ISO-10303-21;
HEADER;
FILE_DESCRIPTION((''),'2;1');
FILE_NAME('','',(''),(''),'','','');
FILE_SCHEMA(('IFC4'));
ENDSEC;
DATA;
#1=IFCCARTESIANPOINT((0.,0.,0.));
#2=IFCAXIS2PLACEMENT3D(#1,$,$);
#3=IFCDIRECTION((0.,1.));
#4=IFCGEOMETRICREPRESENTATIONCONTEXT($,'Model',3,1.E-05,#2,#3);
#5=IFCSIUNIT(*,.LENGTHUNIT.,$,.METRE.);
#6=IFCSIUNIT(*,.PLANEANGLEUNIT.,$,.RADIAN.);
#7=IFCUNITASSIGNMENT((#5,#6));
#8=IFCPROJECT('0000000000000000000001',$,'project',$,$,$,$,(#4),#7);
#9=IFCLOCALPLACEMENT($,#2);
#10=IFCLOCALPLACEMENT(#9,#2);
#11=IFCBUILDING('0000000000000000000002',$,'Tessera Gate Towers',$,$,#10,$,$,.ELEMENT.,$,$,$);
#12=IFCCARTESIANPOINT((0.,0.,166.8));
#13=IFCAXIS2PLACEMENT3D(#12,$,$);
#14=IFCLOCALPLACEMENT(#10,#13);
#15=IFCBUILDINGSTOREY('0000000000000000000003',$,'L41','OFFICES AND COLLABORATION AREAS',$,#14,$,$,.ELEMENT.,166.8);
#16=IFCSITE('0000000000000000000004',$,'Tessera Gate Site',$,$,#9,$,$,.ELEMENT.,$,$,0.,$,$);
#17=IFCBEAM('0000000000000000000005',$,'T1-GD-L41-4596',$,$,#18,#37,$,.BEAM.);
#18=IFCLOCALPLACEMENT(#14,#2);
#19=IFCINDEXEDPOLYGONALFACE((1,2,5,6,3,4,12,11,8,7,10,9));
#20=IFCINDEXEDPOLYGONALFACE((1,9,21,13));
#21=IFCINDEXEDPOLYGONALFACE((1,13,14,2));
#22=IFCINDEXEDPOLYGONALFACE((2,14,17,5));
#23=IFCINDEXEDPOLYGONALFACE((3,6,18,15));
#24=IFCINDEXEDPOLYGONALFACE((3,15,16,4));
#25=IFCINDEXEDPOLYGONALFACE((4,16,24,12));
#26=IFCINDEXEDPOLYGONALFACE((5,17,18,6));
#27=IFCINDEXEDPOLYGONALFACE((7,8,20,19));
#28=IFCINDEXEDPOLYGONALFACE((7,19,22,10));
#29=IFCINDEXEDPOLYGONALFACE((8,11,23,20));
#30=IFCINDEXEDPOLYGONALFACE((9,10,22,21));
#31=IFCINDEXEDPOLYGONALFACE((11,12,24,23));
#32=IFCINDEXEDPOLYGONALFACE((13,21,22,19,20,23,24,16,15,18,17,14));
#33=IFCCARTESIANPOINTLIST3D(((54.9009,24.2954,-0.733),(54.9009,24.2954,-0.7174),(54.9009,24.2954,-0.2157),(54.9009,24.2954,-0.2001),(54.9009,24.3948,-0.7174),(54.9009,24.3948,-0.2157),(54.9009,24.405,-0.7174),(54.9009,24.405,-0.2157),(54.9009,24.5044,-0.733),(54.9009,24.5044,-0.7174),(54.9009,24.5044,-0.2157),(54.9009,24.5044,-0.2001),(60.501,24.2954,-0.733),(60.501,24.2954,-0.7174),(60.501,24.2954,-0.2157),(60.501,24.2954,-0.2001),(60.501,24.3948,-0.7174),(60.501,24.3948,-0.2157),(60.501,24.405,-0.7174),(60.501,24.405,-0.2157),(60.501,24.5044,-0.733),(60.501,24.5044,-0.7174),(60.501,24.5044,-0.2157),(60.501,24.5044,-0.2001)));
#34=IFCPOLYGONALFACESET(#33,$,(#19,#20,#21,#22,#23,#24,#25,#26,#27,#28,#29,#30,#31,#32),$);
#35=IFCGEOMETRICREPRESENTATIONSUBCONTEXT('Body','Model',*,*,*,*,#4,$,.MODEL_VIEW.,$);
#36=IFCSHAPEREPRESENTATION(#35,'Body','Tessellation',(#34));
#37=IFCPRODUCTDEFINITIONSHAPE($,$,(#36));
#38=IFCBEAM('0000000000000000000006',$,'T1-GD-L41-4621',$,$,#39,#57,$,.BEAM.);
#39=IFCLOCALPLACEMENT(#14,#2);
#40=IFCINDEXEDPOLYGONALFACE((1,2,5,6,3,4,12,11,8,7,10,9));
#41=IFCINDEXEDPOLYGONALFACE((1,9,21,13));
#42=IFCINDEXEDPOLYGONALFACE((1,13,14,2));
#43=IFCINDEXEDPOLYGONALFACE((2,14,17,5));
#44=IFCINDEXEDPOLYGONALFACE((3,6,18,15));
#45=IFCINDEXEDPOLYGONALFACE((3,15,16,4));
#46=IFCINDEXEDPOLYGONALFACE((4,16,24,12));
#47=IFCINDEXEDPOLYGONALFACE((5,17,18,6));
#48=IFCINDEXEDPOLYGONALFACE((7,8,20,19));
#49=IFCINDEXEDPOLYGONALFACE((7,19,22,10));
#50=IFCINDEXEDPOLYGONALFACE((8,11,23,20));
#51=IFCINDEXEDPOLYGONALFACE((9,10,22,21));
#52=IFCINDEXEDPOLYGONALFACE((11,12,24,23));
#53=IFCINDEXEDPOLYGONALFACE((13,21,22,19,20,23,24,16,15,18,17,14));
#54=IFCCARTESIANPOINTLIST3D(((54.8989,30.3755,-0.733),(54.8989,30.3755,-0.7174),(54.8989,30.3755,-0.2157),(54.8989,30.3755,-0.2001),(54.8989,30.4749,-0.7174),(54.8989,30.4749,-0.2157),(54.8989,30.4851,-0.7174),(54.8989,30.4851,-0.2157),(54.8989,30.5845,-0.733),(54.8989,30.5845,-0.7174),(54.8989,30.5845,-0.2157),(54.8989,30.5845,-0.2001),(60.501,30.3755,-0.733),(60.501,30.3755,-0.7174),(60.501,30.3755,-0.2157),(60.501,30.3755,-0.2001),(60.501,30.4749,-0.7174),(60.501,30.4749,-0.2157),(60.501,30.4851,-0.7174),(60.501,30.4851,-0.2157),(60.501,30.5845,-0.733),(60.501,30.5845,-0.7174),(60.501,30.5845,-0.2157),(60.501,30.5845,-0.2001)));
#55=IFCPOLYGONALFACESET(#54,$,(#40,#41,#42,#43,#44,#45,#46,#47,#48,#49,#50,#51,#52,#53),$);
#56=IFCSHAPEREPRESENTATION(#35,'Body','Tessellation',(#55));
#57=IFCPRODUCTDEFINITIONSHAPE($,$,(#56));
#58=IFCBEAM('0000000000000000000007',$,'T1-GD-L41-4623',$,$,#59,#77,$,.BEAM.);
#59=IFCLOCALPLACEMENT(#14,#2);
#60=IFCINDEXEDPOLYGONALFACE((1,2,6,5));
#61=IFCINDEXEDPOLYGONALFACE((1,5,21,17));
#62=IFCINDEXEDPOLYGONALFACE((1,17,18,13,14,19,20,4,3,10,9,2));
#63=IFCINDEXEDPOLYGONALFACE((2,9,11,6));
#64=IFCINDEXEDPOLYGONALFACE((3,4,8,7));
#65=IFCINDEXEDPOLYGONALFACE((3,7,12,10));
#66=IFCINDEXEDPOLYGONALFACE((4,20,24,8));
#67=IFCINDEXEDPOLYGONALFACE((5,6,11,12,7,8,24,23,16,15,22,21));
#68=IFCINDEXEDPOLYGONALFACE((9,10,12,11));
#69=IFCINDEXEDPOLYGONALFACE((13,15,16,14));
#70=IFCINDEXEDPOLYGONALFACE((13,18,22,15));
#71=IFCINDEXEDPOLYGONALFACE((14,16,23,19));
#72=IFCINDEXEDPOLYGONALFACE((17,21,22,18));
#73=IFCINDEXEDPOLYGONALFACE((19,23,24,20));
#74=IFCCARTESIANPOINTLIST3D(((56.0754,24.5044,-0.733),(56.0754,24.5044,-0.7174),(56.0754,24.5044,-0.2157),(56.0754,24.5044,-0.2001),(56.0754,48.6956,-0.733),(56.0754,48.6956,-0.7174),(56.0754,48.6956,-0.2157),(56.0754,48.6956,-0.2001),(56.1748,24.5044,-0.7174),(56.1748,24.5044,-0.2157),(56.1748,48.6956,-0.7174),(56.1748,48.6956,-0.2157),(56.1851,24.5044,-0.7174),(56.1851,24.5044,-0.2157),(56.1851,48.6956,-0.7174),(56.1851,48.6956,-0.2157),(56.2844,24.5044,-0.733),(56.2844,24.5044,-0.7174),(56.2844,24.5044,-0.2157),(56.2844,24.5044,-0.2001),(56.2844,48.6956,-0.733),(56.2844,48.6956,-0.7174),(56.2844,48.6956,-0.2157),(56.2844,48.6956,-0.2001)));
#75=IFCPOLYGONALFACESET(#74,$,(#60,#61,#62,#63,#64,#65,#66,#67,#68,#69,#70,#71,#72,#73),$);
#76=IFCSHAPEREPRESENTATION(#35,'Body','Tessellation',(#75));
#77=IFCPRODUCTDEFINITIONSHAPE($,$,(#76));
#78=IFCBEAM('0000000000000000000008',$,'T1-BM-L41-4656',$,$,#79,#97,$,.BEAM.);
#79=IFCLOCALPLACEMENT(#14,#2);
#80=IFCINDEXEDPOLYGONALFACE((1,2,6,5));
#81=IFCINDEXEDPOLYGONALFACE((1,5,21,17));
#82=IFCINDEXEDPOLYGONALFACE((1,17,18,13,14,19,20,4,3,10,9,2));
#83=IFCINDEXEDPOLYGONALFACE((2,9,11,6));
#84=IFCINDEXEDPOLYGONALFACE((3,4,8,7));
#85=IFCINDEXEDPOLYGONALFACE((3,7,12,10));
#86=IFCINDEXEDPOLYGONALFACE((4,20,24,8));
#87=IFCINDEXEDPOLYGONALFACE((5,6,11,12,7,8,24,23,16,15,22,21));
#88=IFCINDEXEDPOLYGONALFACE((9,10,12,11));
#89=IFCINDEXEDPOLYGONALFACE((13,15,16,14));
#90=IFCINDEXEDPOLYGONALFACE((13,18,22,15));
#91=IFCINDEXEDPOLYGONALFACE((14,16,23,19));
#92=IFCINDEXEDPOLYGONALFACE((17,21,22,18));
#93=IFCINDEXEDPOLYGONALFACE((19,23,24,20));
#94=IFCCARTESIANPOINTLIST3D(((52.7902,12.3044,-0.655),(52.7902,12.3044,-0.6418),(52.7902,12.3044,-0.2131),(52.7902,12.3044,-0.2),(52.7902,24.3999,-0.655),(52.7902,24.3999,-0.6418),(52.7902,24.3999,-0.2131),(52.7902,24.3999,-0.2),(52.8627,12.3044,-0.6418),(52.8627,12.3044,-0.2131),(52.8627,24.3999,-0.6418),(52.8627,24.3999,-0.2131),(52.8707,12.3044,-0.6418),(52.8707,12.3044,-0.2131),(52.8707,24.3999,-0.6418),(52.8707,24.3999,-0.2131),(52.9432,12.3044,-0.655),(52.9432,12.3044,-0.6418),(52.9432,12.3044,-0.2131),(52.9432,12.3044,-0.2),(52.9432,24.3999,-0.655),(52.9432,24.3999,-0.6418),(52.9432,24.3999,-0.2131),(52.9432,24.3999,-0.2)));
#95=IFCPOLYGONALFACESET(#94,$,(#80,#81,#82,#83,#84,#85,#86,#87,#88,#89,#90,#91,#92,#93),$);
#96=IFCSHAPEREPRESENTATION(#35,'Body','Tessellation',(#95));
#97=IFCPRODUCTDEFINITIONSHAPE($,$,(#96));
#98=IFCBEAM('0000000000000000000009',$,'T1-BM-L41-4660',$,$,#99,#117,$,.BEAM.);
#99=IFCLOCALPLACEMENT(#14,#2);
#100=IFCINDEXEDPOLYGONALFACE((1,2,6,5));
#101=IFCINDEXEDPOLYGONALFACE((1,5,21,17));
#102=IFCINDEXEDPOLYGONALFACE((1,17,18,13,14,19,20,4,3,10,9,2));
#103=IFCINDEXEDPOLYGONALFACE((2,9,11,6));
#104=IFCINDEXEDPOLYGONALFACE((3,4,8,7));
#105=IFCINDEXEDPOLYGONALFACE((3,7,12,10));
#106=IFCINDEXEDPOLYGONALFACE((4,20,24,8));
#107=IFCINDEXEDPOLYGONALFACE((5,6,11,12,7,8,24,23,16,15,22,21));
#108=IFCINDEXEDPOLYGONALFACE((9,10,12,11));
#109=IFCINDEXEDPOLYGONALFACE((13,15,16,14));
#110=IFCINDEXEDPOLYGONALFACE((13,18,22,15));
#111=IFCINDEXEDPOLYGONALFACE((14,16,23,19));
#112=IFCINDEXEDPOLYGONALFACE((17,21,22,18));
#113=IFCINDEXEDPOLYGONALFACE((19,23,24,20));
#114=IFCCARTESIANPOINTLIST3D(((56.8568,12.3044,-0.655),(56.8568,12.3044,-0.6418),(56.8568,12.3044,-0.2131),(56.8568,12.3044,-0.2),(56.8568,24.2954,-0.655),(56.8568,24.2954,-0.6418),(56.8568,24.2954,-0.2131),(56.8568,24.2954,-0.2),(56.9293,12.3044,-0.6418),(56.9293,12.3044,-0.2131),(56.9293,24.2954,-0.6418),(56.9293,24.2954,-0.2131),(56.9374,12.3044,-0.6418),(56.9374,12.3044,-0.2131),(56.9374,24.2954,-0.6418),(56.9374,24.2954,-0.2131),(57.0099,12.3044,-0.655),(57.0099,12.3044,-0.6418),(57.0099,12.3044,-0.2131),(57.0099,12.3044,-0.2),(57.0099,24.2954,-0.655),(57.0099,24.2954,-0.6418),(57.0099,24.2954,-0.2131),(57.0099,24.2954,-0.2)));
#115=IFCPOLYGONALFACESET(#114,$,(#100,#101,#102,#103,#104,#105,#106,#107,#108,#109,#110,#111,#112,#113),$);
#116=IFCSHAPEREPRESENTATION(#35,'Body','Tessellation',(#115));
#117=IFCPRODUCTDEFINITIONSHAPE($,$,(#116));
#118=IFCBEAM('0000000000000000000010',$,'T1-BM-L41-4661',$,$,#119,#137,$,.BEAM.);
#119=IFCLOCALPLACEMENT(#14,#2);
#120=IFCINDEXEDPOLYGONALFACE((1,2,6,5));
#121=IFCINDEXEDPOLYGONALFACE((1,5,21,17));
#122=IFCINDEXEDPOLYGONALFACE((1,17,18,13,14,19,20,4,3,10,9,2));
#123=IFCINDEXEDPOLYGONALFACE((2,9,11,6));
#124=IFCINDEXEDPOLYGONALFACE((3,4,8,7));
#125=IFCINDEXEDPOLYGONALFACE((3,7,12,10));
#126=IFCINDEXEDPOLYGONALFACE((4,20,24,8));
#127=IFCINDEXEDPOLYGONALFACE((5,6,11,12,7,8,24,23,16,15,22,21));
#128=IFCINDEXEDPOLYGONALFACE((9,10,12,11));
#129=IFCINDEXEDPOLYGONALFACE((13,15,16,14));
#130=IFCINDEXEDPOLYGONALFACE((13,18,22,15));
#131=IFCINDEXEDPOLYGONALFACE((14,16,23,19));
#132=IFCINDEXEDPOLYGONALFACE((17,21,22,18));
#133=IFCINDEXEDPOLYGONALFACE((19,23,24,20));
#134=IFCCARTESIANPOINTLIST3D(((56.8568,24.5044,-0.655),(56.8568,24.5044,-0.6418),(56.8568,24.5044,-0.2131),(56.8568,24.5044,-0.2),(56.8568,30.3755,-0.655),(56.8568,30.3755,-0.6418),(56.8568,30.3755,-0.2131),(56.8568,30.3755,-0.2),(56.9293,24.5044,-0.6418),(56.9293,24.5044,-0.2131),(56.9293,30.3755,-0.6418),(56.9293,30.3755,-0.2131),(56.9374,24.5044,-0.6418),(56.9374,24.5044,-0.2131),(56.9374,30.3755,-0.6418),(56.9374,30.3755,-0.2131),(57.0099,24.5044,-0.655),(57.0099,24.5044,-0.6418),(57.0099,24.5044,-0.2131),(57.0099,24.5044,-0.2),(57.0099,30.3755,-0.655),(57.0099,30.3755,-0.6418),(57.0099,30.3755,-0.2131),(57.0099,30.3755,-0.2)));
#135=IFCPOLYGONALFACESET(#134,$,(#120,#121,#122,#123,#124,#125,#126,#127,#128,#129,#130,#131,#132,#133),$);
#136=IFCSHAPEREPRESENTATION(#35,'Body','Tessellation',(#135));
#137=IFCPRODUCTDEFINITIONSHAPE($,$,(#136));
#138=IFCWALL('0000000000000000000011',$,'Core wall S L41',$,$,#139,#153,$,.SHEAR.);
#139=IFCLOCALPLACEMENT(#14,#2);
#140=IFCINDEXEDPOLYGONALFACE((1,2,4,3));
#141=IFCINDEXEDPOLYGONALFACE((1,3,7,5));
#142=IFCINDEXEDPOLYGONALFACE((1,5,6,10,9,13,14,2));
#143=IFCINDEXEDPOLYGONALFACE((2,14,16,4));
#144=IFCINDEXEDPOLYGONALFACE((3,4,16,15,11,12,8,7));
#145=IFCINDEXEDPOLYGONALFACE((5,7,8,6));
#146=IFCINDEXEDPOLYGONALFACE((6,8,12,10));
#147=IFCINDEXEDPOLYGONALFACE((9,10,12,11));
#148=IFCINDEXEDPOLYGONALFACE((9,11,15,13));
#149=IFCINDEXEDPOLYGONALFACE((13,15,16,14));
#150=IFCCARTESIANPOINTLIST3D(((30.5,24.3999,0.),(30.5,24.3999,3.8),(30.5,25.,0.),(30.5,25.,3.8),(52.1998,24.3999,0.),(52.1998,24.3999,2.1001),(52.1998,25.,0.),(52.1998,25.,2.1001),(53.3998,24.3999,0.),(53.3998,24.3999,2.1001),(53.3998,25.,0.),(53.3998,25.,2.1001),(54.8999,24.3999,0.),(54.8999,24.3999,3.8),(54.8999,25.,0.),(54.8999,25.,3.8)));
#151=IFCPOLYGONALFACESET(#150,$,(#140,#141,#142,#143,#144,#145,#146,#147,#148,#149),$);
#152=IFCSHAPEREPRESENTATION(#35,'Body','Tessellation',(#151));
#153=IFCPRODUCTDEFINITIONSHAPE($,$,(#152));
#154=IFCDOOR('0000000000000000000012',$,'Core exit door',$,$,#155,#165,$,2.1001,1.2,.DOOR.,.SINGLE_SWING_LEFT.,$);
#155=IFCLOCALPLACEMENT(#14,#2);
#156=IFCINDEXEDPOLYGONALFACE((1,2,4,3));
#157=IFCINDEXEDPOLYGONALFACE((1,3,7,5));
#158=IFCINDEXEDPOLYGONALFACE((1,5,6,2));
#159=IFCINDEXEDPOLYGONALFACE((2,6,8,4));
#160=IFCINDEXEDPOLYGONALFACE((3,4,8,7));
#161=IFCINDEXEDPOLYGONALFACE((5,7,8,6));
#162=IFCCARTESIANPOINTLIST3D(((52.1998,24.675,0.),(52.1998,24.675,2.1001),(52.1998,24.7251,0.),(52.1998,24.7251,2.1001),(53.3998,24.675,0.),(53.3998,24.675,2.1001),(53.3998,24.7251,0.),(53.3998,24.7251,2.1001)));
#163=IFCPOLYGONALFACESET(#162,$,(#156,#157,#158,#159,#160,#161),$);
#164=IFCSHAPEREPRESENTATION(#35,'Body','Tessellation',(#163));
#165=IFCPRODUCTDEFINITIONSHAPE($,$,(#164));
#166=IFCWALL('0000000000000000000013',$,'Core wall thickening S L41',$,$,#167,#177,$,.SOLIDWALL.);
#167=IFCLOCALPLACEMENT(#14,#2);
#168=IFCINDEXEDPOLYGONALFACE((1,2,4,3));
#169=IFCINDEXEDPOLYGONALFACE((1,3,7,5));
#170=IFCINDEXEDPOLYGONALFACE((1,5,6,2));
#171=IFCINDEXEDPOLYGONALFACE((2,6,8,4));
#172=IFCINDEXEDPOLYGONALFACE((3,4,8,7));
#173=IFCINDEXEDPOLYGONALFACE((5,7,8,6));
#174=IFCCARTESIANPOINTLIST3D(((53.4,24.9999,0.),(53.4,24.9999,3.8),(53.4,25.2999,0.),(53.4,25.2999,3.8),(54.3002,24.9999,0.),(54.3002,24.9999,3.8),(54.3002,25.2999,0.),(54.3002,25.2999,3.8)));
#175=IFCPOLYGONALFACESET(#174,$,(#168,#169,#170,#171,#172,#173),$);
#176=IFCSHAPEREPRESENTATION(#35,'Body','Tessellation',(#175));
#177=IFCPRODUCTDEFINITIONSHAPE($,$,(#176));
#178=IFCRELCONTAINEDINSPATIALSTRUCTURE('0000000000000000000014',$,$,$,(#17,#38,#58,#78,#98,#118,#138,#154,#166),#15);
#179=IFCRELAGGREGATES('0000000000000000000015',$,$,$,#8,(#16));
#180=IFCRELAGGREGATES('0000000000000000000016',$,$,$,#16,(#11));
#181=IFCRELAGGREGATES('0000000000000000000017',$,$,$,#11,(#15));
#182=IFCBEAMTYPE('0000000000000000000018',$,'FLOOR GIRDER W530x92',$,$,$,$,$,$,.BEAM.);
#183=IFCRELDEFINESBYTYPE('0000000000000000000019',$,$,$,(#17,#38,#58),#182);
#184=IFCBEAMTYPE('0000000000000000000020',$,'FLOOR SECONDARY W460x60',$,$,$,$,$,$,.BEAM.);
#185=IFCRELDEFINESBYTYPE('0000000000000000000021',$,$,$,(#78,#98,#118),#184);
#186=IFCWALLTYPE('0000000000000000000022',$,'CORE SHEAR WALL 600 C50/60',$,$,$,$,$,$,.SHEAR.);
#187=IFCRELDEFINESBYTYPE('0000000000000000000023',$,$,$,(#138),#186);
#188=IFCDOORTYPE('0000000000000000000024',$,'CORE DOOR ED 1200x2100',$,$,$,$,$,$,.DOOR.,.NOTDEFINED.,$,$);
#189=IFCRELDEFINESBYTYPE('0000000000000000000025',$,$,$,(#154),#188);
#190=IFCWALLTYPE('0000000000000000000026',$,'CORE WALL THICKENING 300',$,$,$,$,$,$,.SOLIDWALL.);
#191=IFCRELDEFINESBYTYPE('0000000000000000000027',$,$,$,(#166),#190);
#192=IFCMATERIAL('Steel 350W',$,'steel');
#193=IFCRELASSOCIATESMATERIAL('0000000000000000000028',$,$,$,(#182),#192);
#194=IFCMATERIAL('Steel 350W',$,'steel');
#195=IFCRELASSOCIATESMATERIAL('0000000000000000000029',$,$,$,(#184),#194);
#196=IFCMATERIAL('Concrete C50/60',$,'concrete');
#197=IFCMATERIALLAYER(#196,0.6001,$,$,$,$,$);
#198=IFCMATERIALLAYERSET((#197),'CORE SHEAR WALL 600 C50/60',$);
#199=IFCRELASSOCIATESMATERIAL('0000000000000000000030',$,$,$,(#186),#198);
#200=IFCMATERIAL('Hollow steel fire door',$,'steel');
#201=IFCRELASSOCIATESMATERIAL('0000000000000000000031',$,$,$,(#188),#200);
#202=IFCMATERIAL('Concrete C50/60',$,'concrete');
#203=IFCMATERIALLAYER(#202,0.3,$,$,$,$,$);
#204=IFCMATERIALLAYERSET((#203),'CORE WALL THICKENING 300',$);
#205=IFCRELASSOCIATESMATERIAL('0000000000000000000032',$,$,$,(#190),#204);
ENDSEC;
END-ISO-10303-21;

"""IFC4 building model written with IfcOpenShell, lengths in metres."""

from ifc_helpers import new_model, si_unit, direction, frame, frame_2d, origin, origin_2d, place, context, subcontext, project, spatial, rectangle, i_section, extrude, source, transform, mapped, material, layer, layer_set, material_profile, profile_set, type_object, element, fill, save


model = new_model("IFC4")

# Units and contexts
model_context = context("Model", 3, precision=1e-05, world=origin(), true_north=direction((0.0, 1.0)))
body_context = subcontext(model_context, "Body", "Model", "MODEL_VIEW")
ifc_project = project(units=[si_unit("LENGTHUNIT", "METRE"), si_unit("PLANEANGLEUNIT", "RADIAN")], contexts=[model_context])

# Site, building, storey
site_placement = place(None, origin())
site = spatial("IfcSite", under=ifc_project, at=site_placement, Name="Tessera Gate Site", CompositionType="ELEMENT", RefElevation=0.0)
building_placement = place(site_placement, origin())
building = spatial("IfcBuilding", under=site, at=building_placement, Name="Tessera Gate Towers", CompositionType="ELEMENT")
storey_placement = place(building_placement, frame((0.0, 0.0, 166.8)))
storey = spatial("IfcBuildingStorey", under=building, at=storey_placement, Name="L41", Description="OFFICES AND COLLABORATION AREAS", CompositionType="ELEMENT", Elevation=166.8)

# Beams
ifc_material_1 = material(Name="Steel 350W", Category="steel")
ifc_material_profile_1 = material_profile(ifc_material_1, i_section(OverallWidth=0.209, OverallDepth=0.533, WebThickness=0.0103, FlangeThickness=0.0156, at=origin_2d()), Name="W530x92")
ifc_profile_set_1 = profile_set([ifc_material_profile_1], Name="Steel 350W")
beam_type_1 = type_object("IfcBeamType", Name="FLOOR GIRDER W530x92", PredefinedType="BEAM", material=ifc_profile_set_1)
beam_1_placement = place(storey_placement, frame((54.9009, 24.3999, -0.4666), z_axis=(1.0, 0.0, 0.0), x_axis=(0.0, 1.0, 0.0)))
element("IfcBeam", 1, at=beam_1_placement, inside=storey, type_object=beam_type_1, Name="T1-GD-L41-4596", PredefinedType="BEAM", context=body_context, shape_type="SweptSolid", body=[
    extrude(i_section(OverallWidth=0.209, OverallDepth=0.533, WebThickness=0.0103, FlangeThickness=0.0156, at=origin_2d()), origin(), (0.0, 0.0, 1.0), 5.6001),
])
beam_2_placement = place(storey_placement, frame((54.8989, 30.48, -0.4666), z_axis=(1.0, 0.0, 0.0), x_axis=(0.0, 1.0, 0.0)))
element("IfcBeam", 2, at=beam_2_placement, inside=storey, type_object=beam_type_1, Name="T1-GD-L41-4621", PredefinedType="BEAM", context=body_context, shape_type="SweptSolid", body=[
    extrude(i_section(OverallWidth=0.209, OverallDepth=0.533, WebThickness=0.0103, FlangeThickness=0.0156, at=origin_2d()), origin(), (0.0, 0.0, 1.0), 5.6021),
])
beam_3_placement = place(storey_placement, frame((56.1799, 24.5044, -0.4666), z_axis=(0.0, 1.0, 0.0), x_axis=(-1.0, 0.0, 0.0)))
element("IfcBeam", 3, at=beam_3_placement, inside=storey, type_object=beam_type_1, Name="T1-GD-L41-4623", PredefinedType="BEAM", context=body_context, shape_type="SweptSolid", body=[
    extrude(i_section(OverallWidth=0.209, OverallDepth=0.533, WebThickness=0.0103, FlangeThickness=0.0156, at=origin_2d()), origin(), (0.0, 0.0, 1.0), 24.1912),
])
ifc_material_2 = material(Name="Steel 350W", Category="steel")
ifc_material_profile_2 = material_profile(ifc_material_2, i_section(OverallWidth=0.1531, OverallDepth=0.4551, WebThickness=0.0081, FlangeThickness=0.0132, at=origin_2d()), Name="W460x60")
ifc_profile_set_2 = profile_set([ifc_material_profile_2], Name="Steel 350W")
beam_type_2 = type_object("IfcBeamType", Name="FLOOR SECONDARY W460x60", PredefinedType="BEAM", material=ifc_profile_set_2)
beam_4_placement = place(storey_placement, frame((52.8667, 12.3044, -0.4275), z_axis=(0.0, 1.0, 0.0), x_axis=(-1.0, 0.0, 0.0)))
element("IfcBeam", 4, at=beam_4_placement, inside=storey, type_object=beam_type_2, Name="T1-BM-L41-4656", PredefinedType="BEAM", context=body_context, shape_type="SweptSolid", body=[
    extrude(i_section(OverallWidth=0.1531, OverallDepth=0.4551, WebThickness=0.0081, FlangeThickness=0.0132, at=origin_2d()), origin(), (0.0, 0.0, 1.0), 12.0955),
])
beam_5_placement = place(storey_placement, frame((56.9333, 12.3044, -0.4275), z_axis=(0.0, 1.0, 0.0), x_axis=(-1.0, 0.0, 0.0)))
element("IfcBeam", 5, at=beam_5_placement, inside=storey, type_object=beam_type_2, Name="T1-BM-L41-4660", PredefinedType="BEAM", context=body_context, shape_type="SweptSolid", body=[
    extrude(i_section(OverallWidth=0.1531, OverallDepth=0.4551, WebThickness=0.0081, FlangeThickness=0.0132, at=origin_2d()), origin(), (0.0, 0.0, 1.0), 11.991),
])
beam_6_placement = place(storey_placement, frame((56.9333, 24.5044, -0.4275), z_axis=(0.0, 1.0, 0.0), x_axis=(-1.0, 0.0, 0.0)))
element("IfcBeam", 6, at=beam_6_placement, inside=storey, type_object=beam_type_2, Name="T1-BM-L41-4661", PredefinedType="BEAM", context=body_context, shape_type="SweptSolid", body=[
    extrude(i_section(OverallWidth=0.1531, OverallDepth=0.4551, WebThickness=0.0081, FlangeThickness=0.0132, at=origin_2d()), origin(), (0.0, 0.0, 1.0), 5.8711),
])

# Wall, opening, door
ifc_material_3 = material(Name="Concrete C50/60", Category="concrete")
ifc_layer_1 = layer(ifc_material_3, 0.6001)
ifc_layer_set_1 = layer_set([ifc_layer_1], Name="CORE SHEAR WALL 600 C50/60")
wall_type_1 = type_object("IfcWallType", Name="CORE SHEAR WALL 600 C50/60", PredefinedType="SHEAR", material=ifc_layer_set_1)
wall_1_placement = place(storey_placement, frame((54.8999, 24.7, 0.0), z_axis=(0.0, 0.0, 1.0), x_axis=(-1.0, 0.0, 0.0)))
wall_1 = element("IfcWall", 7, at=wall_1_placement, inside=storey, type_object=wall_type_1, Name="Core wall S L41", PredefinedType="SHEAR", context=body_context, shape_type="SweptSolid", body=[
    extrude(rectangle(XDim=24.3999, YDim=0.6001, at=frame_2d((12.2, 0.0))), origin(), (0.0, 0.0, 1.0), 3.8),
])
shared_shape_1 = source(origin(), body_context, "Body", "SweptSolid", [
    extrude(rectangle(XDim=1.2, YDim=2.1001, at=frame_2d((0.6001, 1.05))), frame((0.0, 0.3101, 0.0), z_axis=(0.0, -1.0, 0.0), x_axis=(1.0, 0.0, 0.0)), (0.0, 0.0, 1.0), 0.6201),
])
opening_1_placement = place(wall_1_placement, frame((1.5, 0.0, 0.0)))
opening_1 = element("IfcOpeningElement", 8, at=opening_1_placement, cuts=wall_1, PredefinedType="OPENING", context=body_context, shape_type="MappedRepresentation", body=[
    mapped(shared_shape_1, transform((0.0, 0.0, 0.0), scale=1.0)),
])
ifc_material_4 = material(Name="Hollow steel fire door", Category="steel")
door_type_1 = type_object("IfcDoorType", Name="CORE DOOR ED 1200x2100", OperationType="NOTDEFINED", PredefinedType="DOOR", material=ifc_material_4)
shared_shape_2 = source(origin(), body_context, "Body", "SweptSolid", [
    extrude(rectangle(XDim=1.2, YDim=2.1001, at=frame_2d((0.6001, 1.05))), frame((0.0, 0.0249, 0.0), z_axis=(0.0, -1.0, 0.0), x_axis=(1.0, 0.0, 0.0)), (0.0, 0.0, 1.0), 0.05),
])
door_1_placement = place(opening_1_placement, origin())
door_1 = element("IfcDoor", 9, at=door_1_placement, inside=storey, type_object=door_type_1, Name="Core exit door", OperationType="SINGLE_SWING_LEFT", OverallHeight=2.1001, OverallWidth=1.2, PredefinedType="DOOR", context=body_context, shape_type="MappedRepresentation", body=[
    mapped(shared_shape_2, transform((0.0, 0.0, 0.0), scale=1.0)),
])
fill(opening_1, door_1)

# Wall
ifc_material_5 = material(Name="Concrete C50/60", Category="concrete")
ifc_layer_2 = layer(ifc_material_5, 0.3)
ifc_layer_set_2 = layer_set([ifc_layer_2], Name="CORE WALL THICKENING 300")
wall_type_2 = type_object("IfcWallType", Name="CORE WALL THICKENING 300", PredefinedType="SOLIDWALL", material=ifc_layer_set_2)
wall_2_placement = place(storey_placement, frame((53.3999, 25.1499, 0.0), z_axis=(0.0, 0.0, 1.0), x_axis=(1.0, 0.0, 0.0)))
element("IfcWall", 10, at=wall_2_placement, inside=storey, type_object=wall_type_2, Name="Core wall thickening S L41", PredefinedType="SOLIDWALL", context=body_context, shape_type="SweptSolid", body=[
    extrude(rectangle(XDim=0.9001, YDim=0.3, at=frame_2d((0.4502, 0.0))), origin(), (0.0, 0.0, 1.0), 3.8),
])

save(model, "model.ifc")
